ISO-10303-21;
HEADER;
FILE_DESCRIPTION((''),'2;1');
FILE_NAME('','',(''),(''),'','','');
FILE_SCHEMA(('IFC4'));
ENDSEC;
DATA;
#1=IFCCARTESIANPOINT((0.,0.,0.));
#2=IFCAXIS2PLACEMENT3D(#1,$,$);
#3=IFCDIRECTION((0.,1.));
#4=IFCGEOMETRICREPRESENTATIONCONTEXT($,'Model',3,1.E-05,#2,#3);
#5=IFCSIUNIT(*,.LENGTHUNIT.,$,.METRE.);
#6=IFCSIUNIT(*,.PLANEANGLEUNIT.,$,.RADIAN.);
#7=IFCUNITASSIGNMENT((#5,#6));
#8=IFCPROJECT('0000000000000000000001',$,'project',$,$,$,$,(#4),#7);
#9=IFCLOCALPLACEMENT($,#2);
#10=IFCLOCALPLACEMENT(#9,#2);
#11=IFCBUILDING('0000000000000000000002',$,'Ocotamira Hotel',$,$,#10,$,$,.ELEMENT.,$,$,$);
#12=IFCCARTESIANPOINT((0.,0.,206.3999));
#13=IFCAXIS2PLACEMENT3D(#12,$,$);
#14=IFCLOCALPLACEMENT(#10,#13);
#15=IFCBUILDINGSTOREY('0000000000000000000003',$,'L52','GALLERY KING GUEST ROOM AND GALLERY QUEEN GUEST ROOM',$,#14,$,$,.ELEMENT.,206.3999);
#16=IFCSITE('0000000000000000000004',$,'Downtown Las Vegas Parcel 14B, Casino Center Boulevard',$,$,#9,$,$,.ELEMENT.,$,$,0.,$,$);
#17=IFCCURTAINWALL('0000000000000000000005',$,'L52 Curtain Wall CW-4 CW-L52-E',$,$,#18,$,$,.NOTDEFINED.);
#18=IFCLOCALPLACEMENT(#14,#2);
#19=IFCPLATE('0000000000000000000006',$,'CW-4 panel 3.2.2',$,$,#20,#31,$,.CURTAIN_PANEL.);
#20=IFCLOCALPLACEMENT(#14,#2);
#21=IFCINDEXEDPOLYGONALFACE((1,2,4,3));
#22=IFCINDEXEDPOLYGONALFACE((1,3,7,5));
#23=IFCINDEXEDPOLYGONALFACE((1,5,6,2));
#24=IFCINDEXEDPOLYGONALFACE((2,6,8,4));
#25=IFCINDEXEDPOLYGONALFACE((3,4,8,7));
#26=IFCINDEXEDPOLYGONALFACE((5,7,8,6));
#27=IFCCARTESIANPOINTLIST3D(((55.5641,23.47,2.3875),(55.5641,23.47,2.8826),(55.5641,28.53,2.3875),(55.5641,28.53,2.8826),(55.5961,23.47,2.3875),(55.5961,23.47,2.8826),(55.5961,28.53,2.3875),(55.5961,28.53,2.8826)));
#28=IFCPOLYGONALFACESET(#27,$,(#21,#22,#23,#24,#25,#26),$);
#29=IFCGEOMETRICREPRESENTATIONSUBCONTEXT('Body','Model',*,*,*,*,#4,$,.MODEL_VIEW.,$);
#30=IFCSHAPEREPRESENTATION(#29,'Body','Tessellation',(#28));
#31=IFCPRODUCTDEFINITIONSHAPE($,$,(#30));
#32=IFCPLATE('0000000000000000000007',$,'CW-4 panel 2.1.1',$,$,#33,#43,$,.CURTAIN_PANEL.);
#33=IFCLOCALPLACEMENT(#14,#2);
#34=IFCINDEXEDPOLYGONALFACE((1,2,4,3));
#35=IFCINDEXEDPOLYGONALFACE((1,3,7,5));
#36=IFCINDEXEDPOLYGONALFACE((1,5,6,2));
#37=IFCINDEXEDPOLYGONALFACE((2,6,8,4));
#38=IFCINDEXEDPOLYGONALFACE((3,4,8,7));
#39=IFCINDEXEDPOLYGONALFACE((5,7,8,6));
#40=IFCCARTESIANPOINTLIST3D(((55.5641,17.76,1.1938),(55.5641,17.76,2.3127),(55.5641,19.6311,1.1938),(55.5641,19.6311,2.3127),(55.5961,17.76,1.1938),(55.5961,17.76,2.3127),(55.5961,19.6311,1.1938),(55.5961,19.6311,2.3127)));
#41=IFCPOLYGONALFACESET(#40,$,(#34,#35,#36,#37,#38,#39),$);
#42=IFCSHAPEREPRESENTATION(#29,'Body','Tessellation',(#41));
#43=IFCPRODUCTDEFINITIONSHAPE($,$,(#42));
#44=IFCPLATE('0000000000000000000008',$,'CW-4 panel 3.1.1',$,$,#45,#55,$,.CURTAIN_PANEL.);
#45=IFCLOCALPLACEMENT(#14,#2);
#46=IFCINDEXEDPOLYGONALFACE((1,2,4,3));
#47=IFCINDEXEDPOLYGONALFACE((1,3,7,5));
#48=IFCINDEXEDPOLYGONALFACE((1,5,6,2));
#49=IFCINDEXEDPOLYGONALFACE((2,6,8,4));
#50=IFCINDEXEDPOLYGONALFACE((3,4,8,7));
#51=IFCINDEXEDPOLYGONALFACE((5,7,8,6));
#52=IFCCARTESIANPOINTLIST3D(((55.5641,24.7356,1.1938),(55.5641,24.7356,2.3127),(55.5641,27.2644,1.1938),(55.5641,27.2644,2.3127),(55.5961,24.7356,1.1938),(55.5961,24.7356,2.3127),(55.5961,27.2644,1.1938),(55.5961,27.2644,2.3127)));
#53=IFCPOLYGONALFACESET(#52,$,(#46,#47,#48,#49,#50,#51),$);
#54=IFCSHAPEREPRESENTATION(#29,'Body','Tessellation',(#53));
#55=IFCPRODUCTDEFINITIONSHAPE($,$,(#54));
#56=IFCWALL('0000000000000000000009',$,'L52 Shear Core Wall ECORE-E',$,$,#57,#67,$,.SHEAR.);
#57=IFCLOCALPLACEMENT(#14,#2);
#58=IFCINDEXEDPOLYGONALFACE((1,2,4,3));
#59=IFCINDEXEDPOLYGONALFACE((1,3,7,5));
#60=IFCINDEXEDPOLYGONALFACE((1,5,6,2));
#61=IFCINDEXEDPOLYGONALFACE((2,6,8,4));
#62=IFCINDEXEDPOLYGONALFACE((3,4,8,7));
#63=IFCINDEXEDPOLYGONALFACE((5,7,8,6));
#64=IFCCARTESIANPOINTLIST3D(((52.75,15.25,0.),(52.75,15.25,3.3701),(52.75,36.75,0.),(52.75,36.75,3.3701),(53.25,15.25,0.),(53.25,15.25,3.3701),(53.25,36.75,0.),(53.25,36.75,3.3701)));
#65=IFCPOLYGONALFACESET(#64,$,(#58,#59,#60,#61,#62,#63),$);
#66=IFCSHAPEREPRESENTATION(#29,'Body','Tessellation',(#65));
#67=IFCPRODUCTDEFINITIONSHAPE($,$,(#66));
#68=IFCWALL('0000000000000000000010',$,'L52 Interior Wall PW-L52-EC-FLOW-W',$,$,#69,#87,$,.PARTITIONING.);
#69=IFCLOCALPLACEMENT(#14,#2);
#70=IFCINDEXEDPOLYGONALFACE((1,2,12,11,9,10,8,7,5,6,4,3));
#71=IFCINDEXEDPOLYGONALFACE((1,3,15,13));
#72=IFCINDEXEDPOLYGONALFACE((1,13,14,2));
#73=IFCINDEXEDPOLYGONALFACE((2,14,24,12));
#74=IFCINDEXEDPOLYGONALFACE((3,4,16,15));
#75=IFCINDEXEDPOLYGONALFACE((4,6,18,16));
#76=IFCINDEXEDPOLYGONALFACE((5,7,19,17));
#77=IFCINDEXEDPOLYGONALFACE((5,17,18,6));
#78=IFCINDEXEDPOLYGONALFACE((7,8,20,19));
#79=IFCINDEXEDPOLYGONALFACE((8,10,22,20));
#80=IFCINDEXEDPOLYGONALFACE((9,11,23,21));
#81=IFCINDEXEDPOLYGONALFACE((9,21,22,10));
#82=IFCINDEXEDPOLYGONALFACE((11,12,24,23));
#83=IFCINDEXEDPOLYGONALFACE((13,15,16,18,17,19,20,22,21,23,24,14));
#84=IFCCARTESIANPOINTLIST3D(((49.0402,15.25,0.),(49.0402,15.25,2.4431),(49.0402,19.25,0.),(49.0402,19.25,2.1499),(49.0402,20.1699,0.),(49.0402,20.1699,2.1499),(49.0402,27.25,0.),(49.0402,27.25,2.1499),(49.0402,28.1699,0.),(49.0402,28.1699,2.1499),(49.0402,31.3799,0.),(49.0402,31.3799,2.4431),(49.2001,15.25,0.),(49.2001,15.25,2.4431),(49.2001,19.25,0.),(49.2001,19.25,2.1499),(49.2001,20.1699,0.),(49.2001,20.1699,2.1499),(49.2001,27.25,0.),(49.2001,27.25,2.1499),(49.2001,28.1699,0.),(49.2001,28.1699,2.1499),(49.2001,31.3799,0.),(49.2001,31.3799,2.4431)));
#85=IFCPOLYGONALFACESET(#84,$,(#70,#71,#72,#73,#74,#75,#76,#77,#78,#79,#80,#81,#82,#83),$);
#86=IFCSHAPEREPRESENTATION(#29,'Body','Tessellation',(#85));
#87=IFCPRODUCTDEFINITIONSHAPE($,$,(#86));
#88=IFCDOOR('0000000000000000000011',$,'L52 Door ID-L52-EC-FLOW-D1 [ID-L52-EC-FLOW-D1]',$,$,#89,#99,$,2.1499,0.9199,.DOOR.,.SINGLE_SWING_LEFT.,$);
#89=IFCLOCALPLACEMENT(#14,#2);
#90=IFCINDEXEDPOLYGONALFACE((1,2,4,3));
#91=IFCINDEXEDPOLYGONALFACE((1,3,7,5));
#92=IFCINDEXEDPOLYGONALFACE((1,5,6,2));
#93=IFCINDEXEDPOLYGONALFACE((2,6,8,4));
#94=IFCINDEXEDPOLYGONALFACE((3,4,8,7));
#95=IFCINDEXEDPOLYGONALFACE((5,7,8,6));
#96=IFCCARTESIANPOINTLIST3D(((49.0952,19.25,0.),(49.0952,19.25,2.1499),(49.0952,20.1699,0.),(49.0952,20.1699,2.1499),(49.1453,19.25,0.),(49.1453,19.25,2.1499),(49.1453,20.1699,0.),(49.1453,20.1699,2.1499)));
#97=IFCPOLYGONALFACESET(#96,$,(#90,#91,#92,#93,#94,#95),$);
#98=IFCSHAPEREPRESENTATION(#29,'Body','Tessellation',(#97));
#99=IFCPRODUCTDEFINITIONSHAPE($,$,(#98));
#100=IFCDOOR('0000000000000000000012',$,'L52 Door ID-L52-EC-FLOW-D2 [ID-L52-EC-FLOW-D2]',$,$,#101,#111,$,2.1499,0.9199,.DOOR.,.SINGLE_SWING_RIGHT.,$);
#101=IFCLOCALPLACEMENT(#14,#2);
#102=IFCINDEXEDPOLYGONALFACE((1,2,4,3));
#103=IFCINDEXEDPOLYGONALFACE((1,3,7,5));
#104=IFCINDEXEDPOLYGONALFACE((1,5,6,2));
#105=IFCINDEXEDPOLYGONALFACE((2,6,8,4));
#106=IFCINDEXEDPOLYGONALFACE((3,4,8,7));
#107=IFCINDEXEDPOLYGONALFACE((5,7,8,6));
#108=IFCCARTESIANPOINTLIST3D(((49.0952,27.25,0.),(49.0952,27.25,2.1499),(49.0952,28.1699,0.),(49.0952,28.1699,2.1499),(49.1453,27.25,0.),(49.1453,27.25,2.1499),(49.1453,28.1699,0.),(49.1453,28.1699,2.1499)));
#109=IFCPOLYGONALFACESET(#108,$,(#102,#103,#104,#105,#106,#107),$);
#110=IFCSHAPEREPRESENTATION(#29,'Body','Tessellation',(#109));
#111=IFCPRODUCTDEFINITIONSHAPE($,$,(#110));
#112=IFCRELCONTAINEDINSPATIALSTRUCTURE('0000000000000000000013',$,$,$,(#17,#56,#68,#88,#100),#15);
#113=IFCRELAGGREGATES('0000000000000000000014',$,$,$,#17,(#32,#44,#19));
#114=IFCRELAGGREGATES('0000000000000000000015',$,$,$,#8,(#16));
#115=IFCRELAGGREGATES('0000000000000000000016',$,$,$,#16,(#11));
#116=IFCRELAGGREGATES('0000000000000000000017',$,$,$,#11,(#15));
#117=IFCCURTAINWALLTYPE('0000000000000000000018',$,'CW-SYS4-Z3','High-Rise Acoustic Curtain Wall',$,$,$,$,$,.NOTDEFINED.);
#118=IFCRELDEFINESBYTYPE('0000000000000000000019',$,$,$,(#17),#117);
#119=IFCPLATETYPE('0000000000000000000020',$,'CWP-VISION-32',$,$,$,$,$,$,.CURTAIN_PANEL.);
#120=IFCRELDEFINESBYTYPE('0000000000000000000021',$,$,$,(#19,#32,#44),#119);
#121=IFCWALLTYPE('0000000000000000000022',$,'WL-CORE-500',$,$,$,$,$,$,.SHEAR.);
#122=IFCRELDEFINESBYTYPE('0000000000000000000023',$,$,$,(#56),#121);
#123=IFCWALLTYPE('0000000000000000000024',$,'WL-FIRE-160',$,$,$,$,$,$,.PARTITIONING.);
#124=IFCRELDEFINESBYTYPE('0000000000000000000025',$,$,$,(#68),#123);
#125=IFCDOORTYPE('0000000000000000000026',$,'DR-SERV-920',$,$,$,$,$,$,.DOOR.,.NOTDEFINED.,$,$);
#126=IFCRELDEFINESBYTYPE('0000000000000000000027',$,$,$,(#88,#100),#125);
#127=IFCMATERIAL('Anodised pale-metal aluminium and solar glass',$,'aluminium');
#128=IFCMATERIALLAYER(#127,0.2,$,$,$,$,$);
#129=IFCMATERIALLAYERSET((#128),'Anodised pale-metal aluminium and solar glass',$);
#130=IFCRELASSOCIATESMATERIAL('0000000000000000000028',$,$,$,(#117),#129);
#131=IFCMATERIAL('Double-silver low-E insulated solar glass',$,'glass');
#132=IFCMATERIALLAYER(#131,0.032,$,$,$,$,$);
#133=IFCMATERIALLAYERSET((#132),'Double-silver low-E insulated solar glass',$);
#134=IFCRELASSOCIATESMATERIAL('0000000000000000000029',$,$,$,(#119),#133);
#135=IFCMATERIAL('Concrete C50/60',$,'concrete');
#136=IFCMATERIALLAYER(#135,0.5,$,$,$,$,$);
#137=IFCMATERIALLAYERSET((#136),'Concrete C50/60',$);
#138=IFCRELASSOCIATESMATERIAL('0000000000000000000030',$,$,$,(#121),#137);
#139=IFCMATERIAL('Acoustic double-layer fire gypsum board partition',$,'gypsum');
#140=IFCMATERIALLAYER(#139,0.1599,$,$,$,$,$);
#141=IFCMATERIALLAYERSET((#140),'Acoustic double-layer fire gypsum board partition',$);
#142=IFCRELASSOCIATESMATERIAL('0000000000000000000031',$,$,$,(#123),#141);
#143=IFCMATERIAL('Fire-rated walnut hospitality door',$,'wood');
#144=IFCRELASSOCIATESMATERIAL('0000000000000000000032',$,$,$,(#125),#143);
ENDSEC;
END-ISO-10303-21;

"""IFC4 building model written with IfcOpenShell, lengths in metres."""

from ifc_helpers import new_model, si_unit, direction, frame, frame_2d, origin, origin_2d, place, context, subcontext, project, spatial, rectangle, extrude, source, transform, mapped, material, layer, layer_set, type_object, element, fill, aggregate, save


model = new_model("IFC4")

# Units and contexts
model_context = context("Model", 3, precision=1e-05, world=origin(), true_north=direction((0.0, 1.0)))
body_context = subcontext(model_context, "Body", "Model", "MODEL_VIEW")
ifc_project = project(units=[si_unit("LENGTHUNIT", "METRE"), si_unit("PLANEANGLEUNIT", "RADIAN")], contexts=[model_context])

# Site, building, storey
site_placement = place(None, origin())
site = spatial("IfcSite", under=ifc_project, at=site_placement, Name="Downtown Las Vegas Parcel 14B, Casino Center Boulevard", CompositionType="ELEMENT", RefElevation=0.0)
building_placement = place(site_placement, origin())
building = spatial("IfcBuilding", under=site, at=building_placement, Name="Ocotamira Hotel", CompositionType="ELEMENT")
storey_placement = place(building_placement, frame((0.0, 0.0, 206.3999)))
storey = spatial("IfcBuildingStorey", under=building, at=storey_placement, Name="L52", Description="GALLERY KING GUEST ROOM AND GALLERY QUEEN GUEST ROOM", CompositionType="ELEMENT", Elevation=206.3999)

# Curtain wall
ifc_material_1 = material(Name="Anodised pale-metal aluminium and solar glass", Category="aluminium")
ifc_layer_1 = layer(ifc_material_1, 0.2)
ifc_layer_set_1 = layer_set([ifc_layer_1], Name="Anodised pale-metal aluminium and solar glass")
curtain_wall_type = type_object("IfcCurtainWallType", Name="CW-SYS4-Z3", Description="High-Rise Acoustic Curtain Wall", PredefinedType="NOTDEFINED", material=ifc_layer_set_1)
curtain_wall_placement = place(storey_placement, origin())
curtain_wall = element("IfcCurtainWall", 1, at=curtain_wall_placement, inside=storey, type_object=curtain_wall_type, Name="L52 Curtain Wall CW-4 CW-L52-E", PredefinedType="NOTDEFINED")

# Plates
ifc_material_2 = material(Name="Double-silver low-E insulated solar glass", Category="glass")
ifc_layer_2 = layer(ifc_material_2, 0.032)
ifc_layer_set_2 = layer_set([ifc_layer_2], Name="Double-silver low-E insulated solar glass")
plate_type_1 = type_object("IfcPlateType", Name="CWP-VISION-32", PredefinedType="CURTAIN_PANEL", material=ifc_layer_set_2)
shared_shape_1 = source(origin(), body_context, "Body", "SweptSolid", [
    extrude(rectangle(XDim=5.0601, YDim=0.032, at=origin_2d()), origin(), (0.0, 0.0, 1.0), 0.4951),
])
plate_1_placement = place(storey_placement, frame((55.5801, 26.0, 2.3875), z_axis=(0.0, 0.0, 1.0), x_axis=(0.0, 1.0, 0.0)))
plate_1 = element("IfcPlate", 2, at=plate_1_placement, type_object=plate_type_1, Name="CW-4 panel 3.2.2", PredefinedType="CURTAIN_PANEL", context=body_context, shape_type="MappedRepresentation", body=[
    mapped(shared_shape_1, transform((0.0, 0.0, 0.0), scale=1.0)),
])
shared_shape_2 = source(origin(), body_context, "Body", "SweptSolid", [
    extrude(rectangle(XDim=1.8711, YDim=0.032, at=origin_2d()), origin(), (0.0, 0.0, 1.0), 1.1189),
])
plate_2_placement = place(storey_placement, frame((55.5801, 18.6956, 1.1938), z_axis=(0.0, 0.0, 1.0), x_axis=(0.0, 1.0, 0.0)))
plate_2 = element("IfcPlate", 3, at=plate_2_placement, type_object=plate_type_1, Name="CW-4 panel 2.1.1", PredefinedType="CURTAIN_PANEL", context=body_context, shape_type="MappedRepresentation", body=[
    mapped(shared_shape_2, transform((0.0, 0.0, 0.0), scale=1.0)),
])
shared_shape_3 = source(origin(), body_context, "Body", "SweptSolid", [
    extrude(rectangle(XDim=2.5288, YDim=0.032, at=origin_2d()), origin(), (0.0, 0.0, 1.0), 1.1189),
])
plate_3_placement = place(storey_placement, frame((55.5801, 26.0, 1.1938), z_axis=(0.0, 0.0, 1.0), x_axis=(0.0, 1.0, 0.0)))
plate_3 = element("IfcPlate", 4, at=plate_3_placement, type_object=plate_type_1, Name="CW-4 panel 3.1.1", PredefinedType="CURTAIN_PANEL", context=body_context, shape_type="MappedRepresentation", body=[
    mapped(shared_shape_3, transform((0.0, 0.0, 0.0), scale=1.0)),
])
aggregate(curtain_wall, [plate_2, plate_3, plate_1])

# Wall
ifc_material_3 = material(Name="Concrete C50/60", Category="concrete")
ifc_layer_3 = layer(ifc_material_3, 0.5)
ifc_layer_set_3 = layer_set([ifc_layer_3], Name="Concrete C50/60")
wall_type_1 = type_object("IfcWallType", Name="WL-CORE-500", PredefinedType="SHEAR", material=ifc_layer_set_3)
wall_1_placement = place(storey_placement, frame((53.0, 15.25, 0.0), z_axis=(0.0, 0.0, 1.0), x_axis=(0.0, 1.0, 0.0)))
element("IfcWall", 5, at=wall_1_placement, inside=storey, type_object=wall_type_1, Name="L52 Shear Core Wall ECORE-E", PredefinedType="SHEAR", context=body_context, shape_type="SweptSolid", body=[
    extrude(rectangle(XDim=21.5, YDim=0.5, at=frame_2d((10.75, 0.0))), origin(), (0.0, 0.0, 1.0), 3.3701),
])

# Wall, openings, doors
ifc_material_4 = material(Name="Acoustic double-layer fire gypsum board partition", Category="gypsum")
ifc_layer_4 = layer(ifc_material_4, 0.1599)
ifc_layer_set_4 = layer_set([ifc_layer_4], Name="Acoustic double-layer fire gypsum board partition")
wall_type_2 = type_object("IfcWallType", Name="WL-FIRE-160", PredefinedType="PARTITIONING", material=ifc_layer_set_4)
wall_2_placement = place(storey_placement, frame((49.1201, 15.25, 0.0), z_axis=(0.0, 0.0, 1.0), x_axis=(0.0, 1.0, 0.0)))
wall_2 = element("IfcWall", 6, at=wall_2_placement, inside=storey, type_object=wall_type_2, Name="L52 Interior Wall PW-L52-EC-FLOW-W", PredefinedType="PARTITIONING", context=body_context, shape_type="SweptSolid", body=[
    extrude(rectangle(XDim=16.1299, YDim=0.1599, at=frame_2d((8.0649, 0.0))), origin(), (0.0, 0.0, 1.0), 2.4431),
])
opening_1_placement = place(wall_2_placement, frame((4.0, 0.0, 0.0)))
opening_1 = element("IfcOpeningElement", 7, at=opening_1_placement, cuts=wall_2, PredefinedType="OPENING", context=body_context, shape_type="SweptSolid", body=[
    extrude(rectangle(XDim=0.9199, YDim=2.1499, at=frame_2d((0.46, 1.075))), frame((0.0, 0.0898, 0.0), z_axis=(0.0, -1.0, 0.0), x_axis=(1.0, 0.0, 0.0)), (0.0, 0.0, 1.0), 0.1799),
])
opening_2_placement = place(wall_2_placement, frame((12.0, 0.0, 0.0)))
opening_2 = element("IfcOpeningElement", 8, at=opening_2_placement, cuts=wall_2, PredefinedType="OPENING", context=body_context, shape_type="SweptSolid", body=[
    extrude(rectangle(XDim=0.9199, YDim=2.1499, at=frame_2d((0.46, 1.075))), frame((0.0, 0.0898, 0.0), z_axis=(0.0, -1.0, 0.0), x_axis=(1.0, 0.0, 0.0)), (0.0, 0.0, 1.0), 0.1799),
])
ifc_material_5 = material(Name="Fire-rated walnut hospitality door", Category="wood")
door_type_1 = type_object("IfcDoorType", Name="DR-SERV-920", OperationType="NOTDEFINED", PredefinedType="DOOR", material=ifc_material_5)
shared_shape_4 = source(origin(), body_context, "Body", "SweptSolid", [
    extrude(rectangle(XDim=0.9199, YDim=2.1499, at=frame_2d((0.46, 1.075))), frame((0.0, 0.0249, 0.0), z_axis=(0.0, -1.0, 0.0), x_axis=(1.0, 0.0, 0.0)), (0.0, 0.0, 1.0), 0.05),
])
door_1_placement = place(opening_1_placement, origin())
door_1 = element("IfcDoor", 9, at=door_1_placement, inside=storey, type_object=door_type_1, Name="L52 Door ID-L52-EC-FLOW-D1 [ID-L52-EC-FLOW-D1]", OperationType="SINGLE_SWING_LEFT", OverallHeight=2.1499, OverallWidth=0.9199, PredefinedType="DOOR", context=body_context, shape_type="MappedRepresentation", body=[
    mapped(shared_shape_4, transform((0.0, 0.0, 0.0), scale=1.0)),
])
fill(opening_1, door_1)
door_2_placement = place(opening_2_placement, origin())
door_2 = element("IfcDoor", 10, at=door_2_placement, inside=storey, type_object=door_type_1, Name="L52 Door ID-L52-EC-FLOW-D2 [ID-L52-EC-FLOW-D2]", OperationType="SINGLE_SWING_RIGHT", OverallHeight=2.1499, OverallWidth=0.9199, PredefinedType="DOOR", context=body_context, shape_type="MappedRepresentation", body=[
    mapped(shared_shape_4, transform((0.0, 0.0, 0.0), scale=1.0)),
])
fill(opening_2, door_2)

save(model, "model.ifc")
